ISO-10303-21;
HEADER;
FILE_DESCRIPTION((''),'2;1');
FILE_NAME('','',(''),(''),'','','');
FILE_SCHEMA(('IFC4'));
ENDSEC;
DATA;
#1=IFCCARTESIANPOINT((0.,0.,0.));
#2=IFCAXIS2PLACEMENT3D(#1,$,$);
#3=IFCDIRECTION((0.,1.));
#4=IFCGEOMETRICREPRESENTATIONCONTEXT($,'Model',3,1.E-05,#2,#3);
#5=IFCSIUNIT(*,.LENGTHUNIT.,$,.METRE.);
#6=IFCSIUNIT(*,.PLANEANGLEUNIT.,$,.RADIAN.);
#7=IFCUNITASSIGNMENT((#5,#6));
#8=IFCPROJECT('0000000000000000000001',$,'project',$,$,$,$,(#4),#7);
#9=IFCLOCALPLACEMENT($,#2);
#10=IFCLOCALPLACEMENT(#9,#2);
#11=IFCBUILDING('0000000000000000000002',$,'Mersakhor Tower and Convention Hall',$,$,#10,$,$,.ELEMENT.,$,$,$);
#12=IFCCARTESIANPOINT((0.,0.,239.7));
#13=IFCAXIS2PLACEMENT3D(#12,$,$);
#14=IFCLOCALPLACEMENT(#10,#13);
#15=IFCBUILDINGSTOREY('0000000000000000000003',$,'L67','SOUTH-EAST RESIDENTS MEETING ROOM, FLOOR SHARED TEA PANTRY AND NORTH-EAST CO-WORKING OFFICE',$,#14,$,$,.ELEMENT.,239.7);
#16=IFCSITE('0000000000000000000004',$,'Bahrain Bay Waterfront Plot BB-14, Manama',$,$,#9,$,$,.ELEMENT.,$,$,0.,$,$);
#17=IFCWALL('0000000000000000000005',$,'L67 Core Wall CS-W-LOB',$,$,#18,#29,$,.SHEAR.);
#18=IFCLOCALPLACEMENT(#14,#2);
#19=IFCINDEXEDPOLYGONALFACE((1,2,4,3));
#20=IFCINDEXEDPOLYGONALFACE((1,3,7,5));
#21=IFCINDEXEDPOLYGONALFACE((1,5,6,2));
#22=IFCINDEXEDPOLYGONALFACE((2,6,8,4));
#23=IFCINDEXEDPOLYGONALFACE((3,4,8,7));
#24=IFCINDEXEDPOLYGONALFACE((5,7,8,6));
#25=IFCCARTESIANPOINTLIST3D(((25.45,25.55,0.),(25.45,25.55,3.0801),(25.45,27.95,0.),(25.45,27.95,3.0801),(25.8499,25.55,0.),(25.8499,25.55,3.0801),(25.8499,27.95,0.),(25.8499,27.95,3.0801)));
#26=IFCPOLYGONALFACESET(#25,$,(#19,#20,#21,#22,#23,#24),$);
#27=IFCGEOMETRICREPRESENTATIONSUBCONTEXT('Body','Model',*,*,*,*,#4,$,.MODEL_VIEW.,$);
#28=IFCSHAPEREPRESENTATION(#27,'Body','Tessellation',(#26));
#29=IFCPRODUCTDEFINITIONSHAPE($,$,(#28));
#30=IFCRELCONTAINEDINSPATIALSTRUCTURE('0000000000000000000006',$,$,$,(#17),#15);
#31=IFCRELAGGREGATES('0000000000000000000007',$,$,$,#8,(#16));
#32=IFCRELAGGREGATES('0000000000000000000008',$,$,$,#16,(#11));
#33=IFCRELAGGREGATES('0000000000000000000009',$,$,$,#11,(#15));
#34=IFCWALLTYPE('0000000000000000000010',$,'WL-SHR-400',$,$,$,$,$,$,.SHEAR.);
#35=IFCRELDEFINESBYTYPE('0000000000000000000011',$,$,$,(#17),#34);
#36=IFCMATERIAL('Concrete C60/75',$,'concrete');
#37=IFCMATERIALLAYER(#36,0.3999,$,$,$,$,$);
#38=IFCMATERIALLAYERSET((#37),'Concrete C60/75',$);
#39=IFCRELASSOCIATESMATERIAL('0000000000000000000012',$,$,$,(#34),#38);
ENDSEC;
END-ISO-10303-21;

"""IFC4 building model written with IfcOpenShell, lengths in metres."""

from ifc_helpers import new_model, si_unit, direction, frame, frame_2d, origin, place, context, subcontext, project, spatial, rectangle, extrude, material, layer, layer_set, type_object, element, save


model = new_model("IFC4")

# Units and contexts
model_context = context("Model", 3, precision=1e-05, world=origin(), true_north=direction((0.0, 1.0)))
body_context = subcontext(model_context, "Body", "Model", "MODEL_VIEW")
ifc_project = project(units=[si_unit("LENGTHUNIT", "METRE"), si_unit("PLANEANGLEUNIT", "RADIAN")], contexts=[model_context])

# Site, building, storey
site_placement = place(None, origin())
site = spatial("IfcSite", under=ifc_project, at=site_placement, Name="Bahrain Bay Waterfront Plot BB-14, Manama", CompositionType="ELEMENT", RefElevation=0.0)
building_placement = place(site_placement, origin())
building = spatial("IfcBuilding", under=site, at=building_placement, Name="Mersakhor Tower and Convention Hall", CompositionType="ELEMENT")
storey_placement = place(building_placement, frame((0.0, 0.0, 239.7)))
storey = spatial("IfcBuildingStorey", under=building, at=storey_placement, Name="L67", Description="SOUTH-EAST RESIDENTS MEETING ROOM, FLOOR SHARED TEA PANTRY AND NORTH-EAST CO-WORKING OFFICE", CompositionType="ELEMENT", Elevation=239.7)

# Shared definitions
ifc_material_1 = material(Name="Concrete C60/75", Category="concrete")
ifc_layer_1 = layer(ifc_material_1, 0.3999)
ifc_layer_set_1 = layer_set([ifc_layer_1], Name="Concrete C60/75")
wall_type_1 = type_object("IfcWallType", Name="WL-SHR-400", PredefinedType="SHEAR", material=ifc_layer_set_1)

# Wall
wall_1_placement = place(storey_placement, frame((25.6499, 25.55, 0.0), z_axis=(0.0, 0.0, 1.0), x_axis=(0.0, 1.0, 0.0)))
element("IfcWall", 1, at=wall_1_placement, inside=storey, type_object=wall_type_1, Name="L67 Core Wall CS-W-LOB", PredefinedType="SHEAR", context=body_context, shape_type="SweptSolid", body=[
    extrude(rectangle(XDim=2.3999, YDim=0.3999, at=frame_2d((1.2, 0.0))), origin(), (0.0, 0.0, 1.0), 3.0801),
])

save(model, "model.ifc")
